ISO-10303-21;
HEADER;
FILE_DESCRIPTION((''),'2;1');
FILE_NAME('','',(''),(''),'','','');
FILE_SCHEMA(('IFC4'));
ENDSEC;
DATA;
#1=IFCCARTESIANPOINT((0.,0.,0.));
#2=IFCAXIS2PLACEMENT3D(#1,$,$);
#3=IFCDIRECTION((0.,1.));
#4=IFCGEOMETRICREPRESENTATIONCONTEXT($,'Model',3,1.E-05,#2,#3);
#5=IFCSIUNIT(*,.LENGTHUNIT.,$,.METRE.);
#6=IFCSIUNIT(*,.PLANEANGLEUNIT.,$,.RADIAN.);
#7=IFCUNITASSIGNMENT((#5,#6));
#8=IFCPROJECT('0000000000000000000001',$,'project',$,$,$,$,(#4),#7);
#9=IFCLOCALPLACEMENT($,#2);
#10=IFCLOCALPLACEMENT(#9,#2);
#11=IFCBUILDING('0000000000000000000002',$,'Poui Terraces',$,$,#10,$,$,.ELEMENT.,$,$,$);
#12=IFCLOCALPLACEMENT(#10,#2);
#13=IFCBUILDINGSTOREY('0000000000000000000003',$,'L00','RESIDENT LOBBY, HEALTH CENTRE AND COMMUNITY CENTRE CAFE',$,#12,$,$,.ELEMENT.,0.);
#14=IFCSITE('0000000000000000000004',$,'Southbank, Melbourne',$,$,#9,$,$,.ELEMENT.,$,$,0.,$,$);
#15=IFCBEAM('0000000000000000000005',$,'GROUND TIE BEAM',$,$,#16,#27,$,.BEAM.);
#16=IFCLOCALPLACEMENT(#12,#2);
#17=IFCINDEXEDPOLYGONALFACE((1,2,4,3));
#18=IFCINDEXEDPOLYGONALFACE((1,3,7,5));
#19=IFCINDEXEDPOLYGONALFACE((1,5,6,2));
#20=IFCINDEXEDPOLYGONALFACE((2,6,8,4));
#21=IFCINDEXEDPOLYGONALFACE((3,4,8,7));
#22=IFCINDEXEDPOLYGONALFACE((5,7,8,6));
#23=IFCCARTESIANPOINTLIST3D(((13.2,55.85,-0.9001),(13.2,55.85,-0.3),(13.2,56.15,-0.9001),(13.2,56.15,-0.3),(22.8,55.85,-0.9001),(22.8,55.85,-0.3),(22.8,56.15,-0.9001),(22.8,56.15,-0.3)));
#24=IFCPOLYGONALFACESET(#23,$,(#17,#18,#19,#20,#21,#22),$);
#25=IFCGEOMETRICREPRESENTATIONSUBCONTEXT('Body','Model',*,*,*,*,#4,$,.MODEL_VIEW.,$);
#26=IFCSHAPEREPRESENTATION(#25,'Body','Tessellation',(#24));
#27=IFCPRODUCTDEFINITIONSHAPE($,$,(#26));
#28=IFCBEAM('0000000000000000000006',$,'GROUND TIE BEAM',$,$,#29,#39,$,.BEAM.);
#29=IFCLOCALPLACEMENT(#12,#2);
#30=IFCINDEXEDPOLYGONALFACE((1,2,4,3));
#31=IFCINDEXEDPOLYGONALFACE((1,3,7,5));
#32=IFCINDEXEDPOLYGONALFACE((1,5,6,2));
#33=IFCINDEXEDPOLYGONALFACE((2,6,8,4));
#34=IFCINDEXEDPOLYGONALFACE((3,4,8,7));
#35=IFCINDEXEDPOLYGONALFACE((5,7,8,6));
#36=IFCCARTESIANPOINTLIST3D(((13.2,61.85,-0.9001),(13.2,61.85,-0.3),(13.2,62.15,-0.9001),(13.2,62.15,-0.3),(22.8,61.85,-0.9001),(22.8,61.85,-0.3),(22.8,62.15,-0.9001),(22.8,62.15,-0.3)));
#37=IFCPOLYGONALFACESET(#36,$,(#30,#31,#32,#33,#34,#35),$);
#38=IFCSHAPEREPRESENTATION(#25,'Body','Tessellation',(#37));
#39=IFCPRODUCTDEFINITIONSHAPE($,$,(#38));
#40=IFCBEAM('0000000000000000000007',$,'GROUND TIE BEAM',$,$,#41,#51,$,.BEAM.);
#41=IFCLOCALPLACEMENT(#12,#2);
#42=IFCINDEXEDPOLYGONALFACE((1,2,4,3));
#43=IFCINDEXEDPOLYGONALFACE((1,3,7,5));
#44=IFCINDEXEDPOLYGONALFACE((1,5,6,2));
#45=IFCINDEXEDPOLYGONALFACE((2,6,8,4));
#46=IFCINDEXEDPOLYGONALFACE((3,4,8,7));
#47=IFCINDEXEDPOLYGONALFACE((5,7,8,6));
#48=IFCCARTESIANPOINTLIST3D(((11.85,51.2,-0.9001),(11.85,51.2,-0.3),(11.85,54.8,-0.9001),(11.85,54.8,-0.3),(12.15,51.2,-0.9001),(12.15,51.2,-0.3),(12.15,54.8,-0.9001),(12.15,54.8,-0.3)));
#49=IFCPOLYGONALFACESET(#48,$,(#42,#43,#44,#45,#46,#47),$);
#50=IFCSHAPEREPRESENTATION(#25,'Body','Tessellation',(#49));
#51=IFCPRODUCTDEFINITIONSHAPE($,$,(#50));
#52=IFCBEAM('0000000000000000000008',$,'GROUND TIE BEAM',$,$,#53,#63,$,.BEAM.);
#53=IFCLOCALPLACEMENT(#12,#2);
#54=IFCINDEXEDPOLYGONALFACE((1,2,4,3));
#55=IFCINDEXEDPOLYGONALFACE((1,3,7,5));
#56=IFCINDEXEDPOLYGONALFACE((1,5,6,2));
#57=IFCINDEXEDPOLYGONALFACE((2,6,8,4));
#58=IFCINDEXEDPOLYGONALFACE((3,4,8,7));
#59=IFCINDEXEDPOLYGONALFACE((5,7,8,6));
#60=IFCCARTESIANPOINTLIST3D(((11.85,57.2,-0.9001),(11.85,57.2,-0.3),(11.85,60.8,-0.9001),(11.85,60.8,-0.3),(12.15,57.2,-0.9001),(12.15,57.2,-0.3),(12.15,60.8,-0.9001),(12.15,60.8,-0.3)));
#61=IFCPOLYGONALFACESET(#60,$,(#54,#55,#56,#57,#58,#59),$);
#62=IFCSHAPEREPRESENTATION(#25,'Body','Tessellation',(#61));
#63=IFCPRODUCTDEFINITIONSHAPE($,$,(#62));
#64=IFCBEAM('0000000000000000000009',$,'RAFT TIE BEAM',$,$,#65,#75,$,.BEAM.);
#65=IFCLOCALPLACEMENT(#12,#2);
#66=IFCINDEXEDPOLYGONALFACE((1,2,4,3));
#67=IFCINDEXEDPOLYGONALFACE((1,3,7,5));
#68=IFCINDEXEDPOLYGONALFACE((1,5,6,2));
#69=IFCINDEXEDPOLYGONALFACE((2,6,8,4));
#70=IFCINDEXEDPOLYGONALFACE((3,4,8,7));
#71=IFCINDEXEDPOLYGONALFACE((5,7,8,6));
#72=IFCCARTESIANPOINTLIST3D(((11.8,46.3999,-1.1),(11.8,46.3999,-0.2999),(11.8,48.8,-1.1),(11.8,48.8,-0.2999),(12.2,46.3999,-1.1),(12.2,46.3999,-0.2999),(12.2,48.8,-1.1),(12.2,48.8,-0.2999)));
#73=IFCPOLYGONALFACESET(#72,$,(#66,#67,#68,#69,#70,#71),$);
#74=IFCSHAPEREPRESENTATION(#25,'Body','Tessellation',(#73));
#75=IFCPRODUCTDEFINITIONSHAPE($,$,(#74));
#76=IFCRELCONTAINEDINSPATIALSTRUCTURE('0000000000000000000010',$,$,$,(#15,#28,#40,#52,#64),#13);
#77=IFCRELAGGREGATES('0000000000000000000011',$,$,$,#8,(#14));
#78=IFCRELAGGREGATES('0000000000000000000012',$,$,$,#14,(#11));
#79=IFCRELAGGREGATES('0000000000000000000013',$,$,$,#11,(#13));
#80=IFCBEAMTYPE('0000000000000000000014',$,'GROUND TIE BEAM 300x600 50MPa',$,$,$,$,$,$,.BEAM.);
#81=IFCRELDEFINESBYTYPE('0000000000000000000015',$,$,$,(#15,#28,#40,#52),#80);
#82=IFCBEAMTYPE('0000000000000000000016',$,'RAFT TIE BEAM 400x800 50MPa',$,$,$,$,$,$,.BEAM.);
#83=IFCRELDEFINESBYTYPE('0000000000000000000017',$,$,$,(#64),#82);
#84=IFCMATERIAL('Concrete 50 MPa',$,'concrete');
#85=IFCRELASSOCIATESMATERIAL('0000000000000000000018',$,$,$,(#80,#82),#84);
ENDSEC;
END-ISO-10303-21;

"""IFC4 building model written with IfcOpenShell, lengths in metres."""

from ifc_helpers import new_model, si_unit, direction, frame, origin, origin_2d, place, context, subcontext, project, spatial, rectangle, extrude, source, transform, mapped, material, material_profile, profile_set, type_object, element, save


model = new_model("IFC4")

# Units and contexts
model_context = context("Model", 3, precision=1e-05, world=origin(), true_north=direction((0.0, 1.0)))
body_context = subcontext(model_context, "Body", "Model", "MODEL_VIEW")
ifc_project = project(units=[si_unit("LENGTHUNIT", "METRE"), si_unit("PLANEANGLEUNIT", "RADIAN")], contexts=[model_context])

# Site, building, storey
site_placement = place(None, origin())
site = spatial("IfcSite", under=ifc_project, at=site_placement, Name="Southbank, Melbourne", CompositionType="ELEMENT", RefElevation=0.0)
building_placement = place(site_placement, origin())
building = spatial("IfcBuilding", under=site, at=building_placement, Name="Poui Terraces", CompositionType="ELEMENT")
storey_placement = place(building_placement, origin())
storey = spatial("IfcBuildingStorey", under=building, at=storey_placement, Name="L00", Description="RESIDENT LOBBY, HEALTH CENTRE AND COMMUNITY CENTRE CAFE", CompositionType="ELEMENT", Elevation=0.0)

# Shared definitions
ifc_material_1 = material(Name="Concrete 50 MPa", Category="concrete")

# Beams
ifc_material_profile_1 = material_profile(ifc_material_1, rectangle(XDim=0.3, YDim=0.6001, at=origin_2d()), Name="RC 300x600")
ifc_profile_set_1 = profile_set([ifc_material_profile_1], Name="Concrete 50 MPa")
beam_type_1 = type_object("IfcBeamType", Name="GROUND TIE BEAM 300x600 50MPa", PredefinedType="BEAM", material=ifc_profile_set_1)
shared_shape_1 = source(origin(), body_context, "Body", "SweptSolid", [
    extrude(rectangle(XDim=0.3, YDim=0.6001, at=origin_2d()), origin(), (0.0, 0.0, 1.0), 9.6001),
])
for number, where, z_axis, x_axis, name in (
    (1, (13.2, 56.0, -0.6001), (1.0, 0.0, 0.0), (0.0, 1.0, 0.0), "GROUND TIE BEAM"),
    (2, (13.2, 62.0, -0.6001), (1.0, 0.0, 0.0), (0.0, 1.0, 0.0), "GROUND TIE BEAM"),
):
    element("IfcBeam", number, at=place(storey_placement, frame(where, z_axis=z_axis, x_axis=x_axis)), inside=storey, type_object=beam_type_1, Name=name, PredefinedType="BEAM", context=body_context, shape_type="MappedRepresentation", body=[
        mapped(shared_shape_1, transform((0.0, 0.0, 0.0))),
    ])
shared_shape_2 = source(origin(), body_context, "Body", "SweptSolid", [
    extrude(rectangle(XDim=0.3, YDim=0.6001, at=origin_2d()), origin(), (0.0, 0.0, 1.0), 3.6001),
])
for number, where, z_axis, x_axis, name in (
    (3, (12.0, 51.2, -0.6001), (0.0, 1.0, 0.0), (-1.0, 0.0, 0.0), "GROUND TIE BEAM"),
    (4, (12.0, 57.2, -0.6001), (0.0, 1.0, 0.0), (-1.0, 0.0, 0.0), "GROUND TIE BEAM"),
):
    element("IfcBeam", number, at=place(storey_placement, frame(where, z_axis=z_axis, x_axis=x_axis)), inside=storey, type_object=beam_type_1, Name=name, PredefinedType="BEAM", context=body_context, shape_type="MappedRepresentation", body=[
        mapped(shared_shape_2, transform((0.0, 0.0, 0.0))),
    ])
ifc_material_profile_2 = material_profile(ifc_material_1, rectangle(XDim=0.3999, YDim=0.8, at=origin_2d()), Name="RC 400x800")
ifc_profile_set_2 = profile_set([ifc_material_profile_2], Name="Concrete 50 MPa")
beam_type_2 = type_object("IfcBeamType", Name="RAFT TIE BEAM 400x800 50MPa", PredefinedType="BEAM", material=ifc_profile_set_2)
shared_shape_3 = source(origin(), body_context, "Body", "SweptSolid", [
    extrude(rectangle(XDim=0.3999, YDim=0.8, at=origin_2d()), origin(), (0.0, 0.0, 1.0), 2.4001),
])
beam_placement = place(storey_placement, frame((12.0, 46.3999, -0.7), z_axis=(0.0, 1.0, 0.0), x_axis=(-1.0, 0.0, 0.0)))
element("IfcBeam", 5, at=beam_placement, inside=storey, type_object=beam_type_2, Name="RAFT TIE BEAM", PredefinedType="BEAM", context=body_context, shape_type="MappedRepresentation", body=[
    mapped(shared_shape_3, transform((0.0, 0.0, 0.0))),
])

save(model, "model.ifc")
